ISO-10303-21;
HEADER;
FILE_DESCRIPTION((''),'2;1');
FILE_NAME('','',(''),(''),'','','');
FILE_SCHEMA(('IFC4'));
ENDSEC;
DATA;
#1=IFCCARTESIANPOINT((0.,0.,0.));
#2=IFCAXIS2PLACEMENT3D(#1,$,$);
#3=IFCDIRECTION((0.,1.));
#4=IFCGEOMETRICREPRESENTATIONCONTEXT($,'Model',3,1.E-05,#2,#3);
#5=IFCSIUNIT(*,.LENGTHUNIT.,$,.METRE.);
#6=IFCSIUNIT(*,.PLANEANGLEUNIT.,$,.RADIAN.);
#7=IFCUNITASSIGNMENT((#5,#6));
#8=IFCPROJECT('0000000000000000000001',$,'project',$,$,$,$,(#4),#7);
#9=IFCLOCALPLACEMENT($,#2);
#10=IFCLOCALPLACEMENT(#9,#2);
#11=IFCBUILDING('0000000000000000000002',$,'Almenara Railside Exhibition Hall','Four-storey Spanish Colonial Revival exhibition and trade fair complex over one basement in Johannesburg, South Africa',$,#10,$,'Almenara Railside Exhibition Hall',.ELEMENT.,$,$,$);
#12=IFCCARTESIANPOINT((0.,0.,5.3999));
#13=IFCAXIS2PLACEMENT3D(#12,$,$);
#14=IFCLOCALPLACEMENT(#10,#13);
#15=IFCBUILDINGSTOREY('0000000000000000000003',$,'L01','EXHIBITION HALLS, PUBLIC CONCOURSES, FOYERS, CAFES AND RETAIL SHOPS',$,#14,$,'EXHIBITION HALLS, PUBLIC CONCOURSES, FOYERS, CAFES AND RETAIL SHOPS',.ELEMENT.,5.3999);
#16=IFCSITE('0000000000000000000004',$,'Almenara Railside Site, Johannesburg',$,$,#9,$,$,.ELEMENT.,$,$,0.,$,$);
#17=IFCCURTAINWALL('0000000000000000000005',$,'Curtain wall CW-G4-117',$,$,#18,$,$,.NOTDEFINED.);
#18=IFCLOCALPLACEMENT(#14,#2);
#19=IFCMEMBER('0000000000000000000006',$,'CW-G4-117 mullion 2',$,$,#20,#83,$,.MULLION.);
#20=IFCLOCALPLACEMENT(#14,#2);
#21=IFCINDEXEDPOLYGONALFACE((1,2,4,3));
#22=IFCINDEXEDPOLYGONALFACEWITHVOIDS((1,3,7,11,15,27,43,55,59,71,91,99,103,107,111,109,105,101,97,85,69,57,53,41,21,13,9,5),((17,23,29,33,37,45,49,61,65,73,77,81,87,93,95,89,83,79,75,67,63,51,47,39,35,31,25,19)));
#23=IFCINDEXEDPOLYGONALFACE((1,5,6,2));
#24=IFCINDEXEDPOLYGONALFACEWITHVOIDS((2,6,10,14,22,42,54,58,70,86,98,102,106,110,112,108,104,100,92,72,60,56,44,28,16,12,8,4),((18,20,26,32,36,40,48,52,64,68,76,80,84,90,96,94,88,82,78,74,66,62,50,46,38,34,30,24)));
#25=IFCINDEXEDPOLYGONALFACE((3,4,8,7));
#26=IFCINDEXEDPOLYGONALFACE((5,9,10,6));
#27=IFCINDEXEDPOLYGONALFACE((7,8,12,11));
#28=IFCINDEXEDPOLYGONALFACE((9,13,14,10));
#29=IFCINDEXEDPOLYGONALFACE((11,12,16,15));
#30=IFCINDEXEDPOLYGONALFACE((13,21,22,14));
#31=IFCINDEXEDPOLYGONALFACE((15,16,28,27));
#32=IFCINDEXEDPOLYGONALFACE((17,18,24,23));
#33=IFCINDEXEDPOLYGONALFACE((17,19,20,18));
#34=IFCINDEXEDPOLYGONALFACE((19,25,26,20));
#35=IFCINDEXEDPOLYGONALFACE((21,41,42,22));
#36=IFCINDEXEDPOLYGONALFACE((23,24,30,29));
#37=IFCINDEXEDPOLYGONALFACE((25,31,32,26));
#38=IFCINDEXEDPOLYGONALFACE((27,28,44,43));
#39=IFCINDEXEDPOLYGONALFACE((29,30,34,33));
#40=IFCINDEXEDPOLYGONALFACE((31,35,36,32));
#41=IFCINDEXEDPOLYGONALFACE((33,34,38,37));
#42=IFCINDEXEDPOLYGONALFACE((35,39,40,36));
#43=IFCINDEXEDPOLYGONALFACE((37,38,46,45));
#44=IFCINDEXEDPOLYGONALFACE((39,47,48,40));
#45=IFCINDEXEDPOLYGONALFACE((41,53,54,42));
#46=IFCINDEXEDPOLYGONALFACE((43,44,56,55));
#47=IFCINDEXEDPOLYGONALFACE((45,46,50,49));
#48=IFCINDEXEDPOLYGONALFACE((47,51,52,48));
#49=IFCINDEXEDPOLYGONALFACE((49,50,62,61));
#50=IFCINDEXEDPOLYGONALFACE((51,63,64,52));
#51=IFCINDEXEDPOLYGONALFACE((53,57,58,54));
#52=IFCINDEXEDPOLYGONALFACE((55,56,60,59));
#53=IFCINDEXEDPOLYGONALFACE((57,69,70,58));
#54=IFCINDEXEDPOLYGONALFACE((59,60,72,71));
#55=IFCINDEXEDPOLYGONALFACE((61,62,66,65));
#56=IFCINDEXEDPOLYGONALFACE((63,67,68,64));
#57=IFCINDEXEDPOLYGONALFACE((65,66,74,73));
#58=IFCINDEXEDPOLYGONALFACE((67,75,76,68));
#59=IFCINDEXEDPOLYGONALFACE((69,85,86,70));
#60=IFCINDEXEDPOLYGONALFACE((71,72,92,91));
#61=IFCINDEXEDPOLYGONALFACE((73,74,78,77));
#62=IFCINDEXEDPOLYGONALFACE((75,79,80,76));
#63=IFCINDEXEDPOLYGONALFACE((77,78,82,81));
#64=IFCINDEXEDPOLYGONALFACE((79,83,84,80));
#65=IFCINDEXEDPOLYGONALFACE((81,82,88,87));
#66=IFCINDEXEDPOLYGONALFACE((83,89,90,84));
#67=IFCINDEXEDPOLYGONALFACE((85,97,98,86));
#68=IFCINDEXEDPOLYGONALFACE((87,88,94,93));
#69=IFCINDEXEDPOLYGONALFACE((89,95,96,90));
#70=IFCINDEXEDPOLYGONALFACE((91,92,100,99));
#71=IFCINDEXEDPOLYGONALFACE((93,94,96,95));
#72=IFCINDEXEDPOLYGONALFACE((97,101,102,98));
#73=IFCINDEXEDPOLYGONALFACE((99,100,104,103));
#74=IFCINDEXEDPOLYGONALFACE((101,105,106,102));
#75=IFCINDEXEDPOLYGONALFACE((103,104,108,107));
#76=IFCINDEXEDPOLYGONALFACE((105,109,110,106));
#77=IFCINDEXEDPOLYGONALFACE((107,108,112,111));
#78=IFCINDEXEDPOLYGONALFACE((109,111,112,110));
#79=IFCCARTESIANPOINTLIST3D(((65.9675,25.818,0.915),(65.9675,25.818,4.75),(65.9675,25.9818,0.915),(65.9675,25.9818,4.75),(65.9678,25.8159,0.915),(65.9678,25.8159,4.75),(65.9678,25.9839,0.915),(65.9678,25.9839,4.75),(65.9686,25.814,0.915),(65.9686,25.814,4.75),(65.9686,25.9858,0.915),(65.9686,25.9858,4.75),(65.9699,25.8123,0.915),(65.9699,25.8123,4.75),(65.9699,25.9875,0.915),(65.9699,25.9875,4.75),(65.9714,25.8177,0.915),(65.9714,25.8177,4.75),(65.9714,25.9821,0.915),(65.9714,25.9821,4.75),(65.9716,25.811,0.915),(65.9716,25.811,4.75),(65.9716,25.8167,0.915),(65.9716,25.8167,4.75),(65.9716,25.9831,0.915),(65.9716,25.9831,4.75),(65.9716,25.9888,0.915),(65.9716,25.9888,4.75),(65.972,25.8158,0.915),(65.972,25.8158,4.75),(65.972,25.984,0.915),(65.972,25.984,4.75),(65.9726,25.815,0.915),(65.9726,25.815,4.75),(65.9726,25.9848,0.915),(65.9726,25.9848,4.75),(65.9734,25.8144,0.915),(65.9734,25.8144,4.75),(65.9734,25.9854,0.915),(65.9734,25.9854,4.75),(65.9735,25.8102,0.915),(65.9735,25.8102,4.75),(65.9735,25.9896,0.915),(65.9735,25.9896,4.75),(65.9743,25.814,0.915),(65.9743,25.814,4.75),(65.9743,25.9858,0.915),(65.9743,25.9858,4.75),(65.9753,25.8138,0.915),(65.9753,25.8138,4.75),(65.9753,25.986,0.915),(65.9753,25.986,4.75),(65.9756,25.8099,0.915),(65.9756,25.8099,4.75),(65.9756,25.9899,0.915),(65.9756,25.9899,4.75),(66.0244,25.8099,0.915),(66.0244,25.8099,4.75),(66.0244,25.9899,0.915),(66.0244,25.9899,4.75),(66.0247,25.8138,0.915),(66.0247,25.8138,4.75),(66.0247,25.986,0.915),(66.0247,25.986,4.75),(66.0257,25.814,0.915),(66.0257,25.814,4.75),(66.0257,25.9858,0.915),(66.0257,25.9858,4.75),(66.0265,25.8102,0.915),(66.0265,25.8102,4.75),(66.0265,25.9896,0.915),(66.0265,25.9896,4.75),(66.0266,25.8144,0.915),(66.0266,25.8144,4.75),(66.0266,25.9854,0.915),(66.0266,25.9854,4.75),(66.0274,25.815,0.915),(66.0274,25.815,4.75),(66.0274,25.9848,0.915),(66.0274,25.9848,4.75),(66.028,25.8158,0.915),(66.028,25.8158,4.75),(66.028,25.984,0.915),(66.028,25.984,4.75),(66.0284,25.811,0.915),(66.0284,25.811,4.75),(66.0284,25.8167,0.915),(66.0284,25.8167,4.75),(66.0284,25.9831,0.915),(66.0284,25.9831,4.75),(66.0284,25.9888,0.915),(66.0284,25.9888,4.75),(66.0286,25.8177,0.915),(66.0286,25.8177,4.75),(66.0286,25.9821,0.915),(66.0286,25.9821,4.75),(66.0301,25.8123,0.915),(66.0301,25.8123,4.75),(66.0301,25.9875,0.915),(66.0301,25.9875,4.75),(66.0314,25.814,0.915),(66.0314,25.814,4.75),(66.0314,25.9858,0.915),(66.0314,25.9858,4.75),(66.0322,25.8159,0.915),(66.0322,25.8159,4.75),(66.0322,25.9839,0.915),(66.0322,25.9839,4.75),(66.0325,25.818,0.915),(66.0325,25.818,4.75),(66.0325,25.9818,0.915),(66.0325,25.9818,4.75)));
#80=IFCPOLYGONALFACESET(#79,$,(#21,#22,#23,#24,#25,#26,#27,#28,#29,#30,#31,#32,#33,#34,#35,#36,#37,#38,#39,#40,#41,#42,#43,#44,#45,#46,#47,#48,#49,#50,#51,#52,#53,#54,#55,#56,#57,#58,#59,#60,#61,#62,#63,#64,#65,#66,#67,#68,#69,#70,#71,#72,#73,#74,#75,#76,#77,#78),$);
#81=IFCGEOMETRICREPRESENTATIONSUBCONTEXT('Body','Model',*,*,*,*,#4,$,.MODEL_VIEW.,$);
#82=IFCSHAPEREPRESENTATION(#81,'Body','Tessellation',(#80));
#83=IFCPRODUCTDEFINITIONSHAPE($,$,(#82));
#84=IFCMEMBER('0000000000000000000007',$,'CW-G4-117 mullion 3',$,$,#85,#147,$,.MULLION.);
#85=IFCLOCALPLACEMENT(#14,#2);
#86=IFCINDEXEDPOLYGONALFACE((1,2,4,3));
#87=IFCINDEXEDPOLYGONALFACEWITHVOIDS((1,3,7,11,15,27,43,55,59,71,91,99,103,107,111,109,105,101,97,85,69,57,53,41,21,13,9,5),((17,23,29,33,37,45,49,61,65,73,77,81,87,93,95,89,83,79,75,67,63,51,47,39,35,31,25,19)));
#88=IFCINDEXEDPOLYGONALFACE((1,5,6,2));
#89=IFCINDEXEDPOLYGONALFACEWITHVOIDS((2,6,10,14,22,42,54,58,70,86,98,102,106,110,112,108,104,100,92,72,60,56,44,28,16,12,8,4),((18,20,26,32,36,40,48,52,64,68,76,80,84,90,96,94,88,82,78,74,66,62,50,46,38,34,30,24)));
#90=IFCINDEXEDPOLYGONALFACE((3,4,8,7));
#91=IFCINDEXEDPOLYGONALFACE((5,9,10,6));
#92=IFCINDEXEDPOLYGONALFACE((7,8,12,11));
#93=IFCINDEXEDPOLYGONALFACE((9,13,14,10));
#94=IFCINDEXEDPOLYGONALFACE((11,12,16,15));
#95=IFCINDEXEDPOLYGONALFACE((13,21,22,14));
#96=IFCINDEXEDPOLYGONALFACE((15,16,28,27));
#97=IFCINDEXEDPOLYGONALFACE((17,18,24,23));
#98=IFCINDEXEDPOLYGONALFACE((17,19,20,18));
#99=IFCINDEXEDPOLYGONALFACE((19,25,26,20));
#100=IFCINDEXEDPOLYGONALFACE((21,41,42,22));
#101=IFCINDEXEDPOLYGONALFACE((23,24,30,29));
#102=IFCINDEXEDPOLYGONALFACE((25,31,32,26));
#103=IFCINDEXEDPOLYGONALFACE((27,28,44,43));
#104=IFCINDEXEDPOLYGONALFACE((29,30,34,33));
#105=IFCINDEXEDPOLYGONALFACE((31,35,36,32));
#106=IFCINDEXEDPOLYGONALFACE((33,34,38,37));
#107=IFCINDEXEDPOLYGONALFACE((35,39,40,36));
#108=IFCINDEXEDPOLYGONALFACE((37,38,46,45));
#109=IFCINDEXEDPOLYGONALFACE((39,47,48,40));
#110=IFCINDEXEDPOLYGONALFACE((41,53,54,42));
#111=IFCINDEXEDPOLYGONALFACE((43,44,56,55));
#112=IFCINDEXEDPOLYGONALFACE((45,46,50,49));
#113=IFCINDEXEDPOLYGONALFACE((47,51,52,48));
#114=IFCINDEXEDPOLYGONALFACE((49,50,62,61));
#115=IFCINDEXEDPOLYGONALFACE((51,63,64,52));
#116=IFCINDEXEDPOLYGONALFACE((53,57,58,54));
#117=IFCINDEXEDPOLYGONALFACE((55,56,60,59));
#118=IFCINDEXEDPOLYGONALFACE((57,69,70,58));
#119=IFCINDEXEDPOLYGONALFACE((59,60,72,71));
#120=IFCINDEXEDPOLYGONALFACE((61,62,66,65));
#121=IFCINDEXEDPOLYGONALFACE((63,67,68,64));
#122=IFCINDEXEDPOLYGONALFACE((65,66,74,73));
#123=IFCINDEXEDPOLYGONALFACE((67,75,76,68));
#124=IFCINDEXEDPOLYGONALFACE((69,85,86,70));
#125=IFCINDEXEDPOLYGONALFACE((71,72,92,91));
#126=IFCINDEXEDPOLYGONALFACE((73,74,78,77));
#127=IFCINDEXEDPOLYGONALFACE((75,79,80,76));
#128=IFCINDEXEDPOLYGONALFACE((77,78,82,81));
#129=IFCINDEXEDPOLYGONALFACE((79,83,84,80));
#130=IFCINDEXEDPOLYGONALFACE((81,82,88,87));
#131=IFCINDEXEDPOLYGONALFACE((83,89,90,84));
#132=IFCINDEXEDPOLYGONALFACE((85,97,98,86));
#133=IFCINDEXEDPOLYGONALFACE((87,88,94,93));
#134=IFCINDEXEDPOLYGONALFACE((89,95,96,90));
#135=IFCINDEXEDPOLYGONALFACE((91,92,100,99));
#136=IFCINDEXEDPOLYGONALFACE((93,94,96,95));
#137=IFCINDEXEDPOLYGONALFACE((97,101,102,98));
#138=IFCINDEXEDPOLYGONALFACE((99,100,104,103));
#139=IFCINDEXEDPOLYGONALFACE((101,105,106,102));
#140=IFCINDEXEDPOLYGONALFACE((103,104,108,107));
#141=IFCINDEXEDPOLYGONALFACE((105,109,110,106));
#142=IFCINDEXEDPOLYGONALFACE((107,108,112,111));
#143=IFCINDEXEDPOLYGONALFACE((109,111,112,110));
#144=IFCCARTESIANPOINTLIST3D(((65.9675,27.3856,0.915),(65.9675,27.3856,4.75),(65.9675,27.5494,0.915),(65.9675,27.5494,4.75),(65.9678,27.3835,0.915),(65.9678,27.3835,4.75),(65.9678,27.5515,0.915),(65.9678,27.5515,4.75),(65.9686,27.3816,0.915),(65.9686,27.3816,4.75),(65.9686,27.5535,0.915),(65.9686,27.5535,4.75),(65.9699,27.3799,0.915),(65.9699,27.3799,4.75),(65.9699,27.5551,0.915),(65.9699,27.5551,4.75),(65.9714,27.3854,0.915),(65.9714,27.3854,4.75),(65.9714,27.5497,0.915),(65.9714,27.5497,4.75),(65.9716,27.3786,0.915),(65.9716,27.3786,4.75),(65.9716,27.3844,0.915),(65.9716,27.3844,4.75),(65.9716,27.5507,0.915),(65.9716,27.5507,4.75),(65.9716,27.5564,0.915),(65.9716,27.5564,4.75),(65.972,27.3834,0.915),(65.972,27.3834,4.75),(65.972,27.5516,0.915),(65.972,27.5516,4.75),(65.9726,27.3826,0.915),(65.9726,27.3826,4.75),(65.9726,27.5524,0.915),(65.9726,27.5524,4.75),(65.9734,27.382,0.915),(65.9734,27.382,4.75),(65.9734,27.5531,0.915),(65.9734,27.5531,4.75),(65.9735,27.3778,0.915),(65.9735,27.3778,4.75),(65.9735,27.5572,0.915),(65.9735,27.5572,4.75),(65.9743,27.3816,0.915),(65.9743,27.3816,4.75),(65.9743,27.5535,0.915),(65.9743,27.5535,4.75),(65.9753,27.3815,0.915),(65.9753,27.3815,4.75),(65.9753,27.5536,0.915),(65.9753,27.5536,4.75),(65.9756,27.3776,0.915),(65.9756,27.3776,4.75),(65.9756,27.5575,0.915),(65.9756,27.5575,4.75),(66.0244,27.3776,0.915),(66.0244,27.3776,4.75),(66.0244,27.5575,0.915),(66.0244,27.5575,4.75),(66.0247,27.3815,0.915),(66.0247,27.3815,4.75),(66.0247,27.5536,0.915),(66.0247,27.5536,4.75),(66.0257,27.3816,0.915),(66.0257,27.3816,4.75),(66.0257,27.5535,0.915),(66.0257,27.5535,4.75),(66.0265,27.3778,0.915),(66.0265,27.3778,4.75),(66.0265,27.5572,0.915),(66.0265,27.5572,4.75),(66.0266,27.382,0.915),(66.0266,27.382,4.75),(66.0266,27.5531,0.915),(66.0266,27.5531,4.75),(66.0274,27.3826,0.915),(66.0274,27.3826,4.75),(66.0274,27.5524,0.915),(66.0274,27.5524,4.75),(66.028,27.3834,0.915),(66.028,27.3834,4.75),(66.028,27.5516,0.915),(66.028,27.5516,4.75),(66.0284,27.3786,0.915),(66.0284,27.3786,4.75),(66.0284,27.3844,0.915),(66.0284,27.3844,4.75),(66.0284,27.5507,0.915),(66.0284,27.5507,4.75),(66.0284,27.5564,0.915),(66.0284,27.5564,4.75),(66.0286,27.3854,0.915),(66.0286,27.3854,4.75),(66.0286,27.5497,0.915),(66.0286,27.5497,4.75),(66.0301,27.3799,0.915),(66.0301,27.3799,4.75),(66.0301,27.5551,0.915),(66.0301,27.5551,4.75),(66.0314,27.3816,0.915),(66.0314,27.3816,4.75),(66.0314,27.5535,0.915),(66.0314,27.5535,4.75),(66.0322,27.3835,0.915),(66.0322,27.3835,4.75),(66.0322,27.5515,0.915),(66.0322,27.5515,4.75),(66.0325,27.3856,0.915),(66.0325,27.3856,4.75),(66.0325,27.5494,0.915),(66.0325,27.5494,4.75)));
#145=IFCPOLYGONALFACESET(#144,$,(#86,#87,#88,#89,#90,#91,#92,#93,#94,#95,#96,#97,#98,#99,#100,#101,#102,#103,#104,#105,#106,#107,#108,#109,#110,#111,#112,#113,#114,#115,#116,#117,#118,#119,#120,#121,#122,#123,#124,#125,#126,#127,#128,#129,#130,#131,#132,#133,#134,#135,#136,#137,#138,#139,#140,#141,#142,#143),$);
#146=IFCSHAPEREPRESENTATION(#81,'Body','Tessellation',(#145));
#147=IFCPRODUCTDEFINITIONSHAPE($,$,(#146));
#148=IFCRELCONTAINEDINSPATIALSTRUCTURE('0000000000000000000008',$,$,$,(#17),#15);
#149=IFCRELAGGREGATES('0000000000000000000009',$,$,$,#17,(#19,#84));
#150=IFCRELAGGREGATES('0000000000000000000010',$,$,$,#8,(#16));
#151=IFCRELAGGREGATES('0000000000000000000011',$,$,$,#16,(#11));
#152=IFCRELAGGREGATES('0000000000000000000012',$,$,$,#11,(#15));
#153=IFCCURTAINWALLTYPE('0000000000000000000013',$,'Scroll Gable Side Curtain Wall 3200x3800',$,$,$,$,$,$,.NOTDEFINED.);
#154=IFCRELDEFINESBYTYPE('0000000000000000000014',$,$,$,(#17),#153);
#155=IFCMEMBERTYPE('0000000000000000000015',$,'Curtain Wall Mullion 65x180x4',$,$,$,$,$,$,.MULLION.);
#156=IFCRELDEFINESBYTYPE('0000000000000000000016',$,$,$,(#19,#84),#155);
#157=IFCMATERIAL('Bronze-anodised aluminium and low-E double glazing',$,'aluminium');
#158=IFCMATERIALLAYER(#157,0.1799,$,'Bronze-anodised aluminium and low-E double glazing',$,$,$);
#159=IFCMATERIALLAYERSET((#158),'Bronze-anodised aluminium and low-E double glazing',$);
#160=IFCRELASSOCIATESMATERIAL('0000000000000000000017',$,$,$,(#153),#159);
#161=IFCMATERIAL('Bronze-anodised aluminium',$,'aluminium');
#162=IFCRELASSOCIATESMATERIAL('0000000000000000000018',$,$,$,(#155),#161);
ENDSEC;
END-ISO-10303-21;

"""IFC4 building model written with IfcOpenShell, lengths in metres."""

from ifc_helpers import new_model, si_unit, direction, frame, origin, origin_2d, place, context, subcontext, project, spatial, hollow_rectangle, extrude, material, layer, layer_set, material_profile, profile_set, type_object, element, aggregate, save


model = new_model("IFC4")

# Units and contexts
model_context = context("Model", 3, precision=1e-05, world=origin(), true_north=direction((0.0, 1.0)))
body_context = subcontext(model_context, "Body", "Model", "MODEL_VIEW")
ifc_project = project(units=[si_unit("LENGTHUNIT", "METRE"), si_unit("PLANEANGLEUNIT", "RADIAN")], contexts=[model_context])

# Site, building, storey
site_placement = place(None, origin())
site = spatial("IfcSite", under=ifc_project, at=site_placement, Name="Almenara Railside Site, Johannesburg", CompositionType="ELEMENT", RefElevation=0.0)
building_placement = place(site_placement, origin())
building = spatial("IfcBuilding", under=site, at=building_placement, Name="Almenara Railside Exhibition Hall", Description="Four-storey Spanish Colonial Revival exhibition and trade fair complex over one basement in Johannesburg, South Africa", LongName="Almenara Railside Exhibition Hall", CompositionType="ELEMENT")
storey_placement = place(building_placement, frame((0.0, 0.0, 5.3999)))
storey = spatial("IfcBuildingStorey", under=building, at=storey_placement, Name="L01", Description="EXHIBITION HALLS, PUBLIC CONCOURSES, FOYERS, CAFES AND RETAIL SHOPS", LongName="EXHIBITION HALLS, PUBLIC CONCOURSES, FOYERS, CAFES AND RETAIL SHOPS", CompositionType="ELEMENT", Elevation=5.3999)

# Curtain wall, members
ifc_material_1 = material(Name="Bronze-anodised aluminium and low-E double glazing", Category="aluminium")
ifc_layer_1 = layer(ifc_material_1, 0.1799, Name="Bronze-anodised aluminium and low-E double glazing")
ifc_layer_set_1 = layer_set([ifc_layer_1], Name="Bronze-anodised aluminium and low-E double glazing")
curtain_wall_type = type_object("IfcCurtainWallType", Name="Scroll Gable Side Curtain Wall 3200x3800", PredefinedType="NOTDEFINED", material=ifc_layer_set_1)
ifc_material_2 = material(Name="Bronze-anodised aluminium", Category="aluminium")
curtain_wall_1_placement = place(storey_placement, origin())
curtain_wall_1 = element("IfcCurtainWall", 1, at=curtain_wall_1_placement, inside=storey, type_object=curtain_wall_type, Name="Curtain wall CW-G4-117", PredefinedType="NOTDEFINED")
ifc_material_profile_1 = material_profile(ifc_material_2, hollow_rectangle(XDim=0.0649, YDim=0.1799, WallThickness=0.0039, InnerFilletRadius=0.0039, OuterFilletRadius=0.0081, at=origin_2d()), Name="ALU-MUL 65x180x4")
ifc_profile_set_1 = profile_set([ifc_material_profile_1], Name="Bronze-anodised aluminium")
member_type_1 = type_object("IfcMemberType", Name="Curtain Wall Mullion 65x180x4", PredefinedType="MULLION", material=ifc_profile_set_1)
member_1_placement = place(storey_placement, frame((66.0, 25.8999, 0.915), z_axis=(0.0, 0.0, 1.0), x_axis=(-1.0, 0.0, 0.0)))
member_1 = element("IfcMember", 2, at=member_1_placement, type_object=member_type_1, Name="CW-G4-117 mullion 2", PredefinedType="MULLION", context=body_context, shape_type="SweptSolid", body=[
    extrude(hollow_rectangle(XDim=0.0649, YDim=0.1799, WallThickness=0.0039, InnerFilletRadius=0.0039, OuterFilletRadius=0.0081, at=origin_2d()), origin(), (0.0, 0.0, 1.0), 3.835),
])
member_2_placement = place(storey_placement, frame((66.0, 27.4675, 0.915), z_axis=(0.0, 0.0, 1.0), x_axis=(-1.0, 0.0, 0.0)))
member_2 = element("IfcMember", 3, at=member_2_placement, type_object=member_type_1, Name="CW-G4-117 mullion 3", PredefinedType="MULLION", context=body_context, shape_type="SweptSolid", body=[
    extrude(hollow_rectangle(XDim=0.0649, YDim=0.1799, WallThickness=0.0039, InnerFilletRadius=0.0039, OuterFilletRadius=0.0081, at=origin_2d()), origin(), (0.0, 0.0, 1.0), 3.835),
])

aggregate(curtain_wall_1, [member_1, member_2])

save(model, "model.ifc")
